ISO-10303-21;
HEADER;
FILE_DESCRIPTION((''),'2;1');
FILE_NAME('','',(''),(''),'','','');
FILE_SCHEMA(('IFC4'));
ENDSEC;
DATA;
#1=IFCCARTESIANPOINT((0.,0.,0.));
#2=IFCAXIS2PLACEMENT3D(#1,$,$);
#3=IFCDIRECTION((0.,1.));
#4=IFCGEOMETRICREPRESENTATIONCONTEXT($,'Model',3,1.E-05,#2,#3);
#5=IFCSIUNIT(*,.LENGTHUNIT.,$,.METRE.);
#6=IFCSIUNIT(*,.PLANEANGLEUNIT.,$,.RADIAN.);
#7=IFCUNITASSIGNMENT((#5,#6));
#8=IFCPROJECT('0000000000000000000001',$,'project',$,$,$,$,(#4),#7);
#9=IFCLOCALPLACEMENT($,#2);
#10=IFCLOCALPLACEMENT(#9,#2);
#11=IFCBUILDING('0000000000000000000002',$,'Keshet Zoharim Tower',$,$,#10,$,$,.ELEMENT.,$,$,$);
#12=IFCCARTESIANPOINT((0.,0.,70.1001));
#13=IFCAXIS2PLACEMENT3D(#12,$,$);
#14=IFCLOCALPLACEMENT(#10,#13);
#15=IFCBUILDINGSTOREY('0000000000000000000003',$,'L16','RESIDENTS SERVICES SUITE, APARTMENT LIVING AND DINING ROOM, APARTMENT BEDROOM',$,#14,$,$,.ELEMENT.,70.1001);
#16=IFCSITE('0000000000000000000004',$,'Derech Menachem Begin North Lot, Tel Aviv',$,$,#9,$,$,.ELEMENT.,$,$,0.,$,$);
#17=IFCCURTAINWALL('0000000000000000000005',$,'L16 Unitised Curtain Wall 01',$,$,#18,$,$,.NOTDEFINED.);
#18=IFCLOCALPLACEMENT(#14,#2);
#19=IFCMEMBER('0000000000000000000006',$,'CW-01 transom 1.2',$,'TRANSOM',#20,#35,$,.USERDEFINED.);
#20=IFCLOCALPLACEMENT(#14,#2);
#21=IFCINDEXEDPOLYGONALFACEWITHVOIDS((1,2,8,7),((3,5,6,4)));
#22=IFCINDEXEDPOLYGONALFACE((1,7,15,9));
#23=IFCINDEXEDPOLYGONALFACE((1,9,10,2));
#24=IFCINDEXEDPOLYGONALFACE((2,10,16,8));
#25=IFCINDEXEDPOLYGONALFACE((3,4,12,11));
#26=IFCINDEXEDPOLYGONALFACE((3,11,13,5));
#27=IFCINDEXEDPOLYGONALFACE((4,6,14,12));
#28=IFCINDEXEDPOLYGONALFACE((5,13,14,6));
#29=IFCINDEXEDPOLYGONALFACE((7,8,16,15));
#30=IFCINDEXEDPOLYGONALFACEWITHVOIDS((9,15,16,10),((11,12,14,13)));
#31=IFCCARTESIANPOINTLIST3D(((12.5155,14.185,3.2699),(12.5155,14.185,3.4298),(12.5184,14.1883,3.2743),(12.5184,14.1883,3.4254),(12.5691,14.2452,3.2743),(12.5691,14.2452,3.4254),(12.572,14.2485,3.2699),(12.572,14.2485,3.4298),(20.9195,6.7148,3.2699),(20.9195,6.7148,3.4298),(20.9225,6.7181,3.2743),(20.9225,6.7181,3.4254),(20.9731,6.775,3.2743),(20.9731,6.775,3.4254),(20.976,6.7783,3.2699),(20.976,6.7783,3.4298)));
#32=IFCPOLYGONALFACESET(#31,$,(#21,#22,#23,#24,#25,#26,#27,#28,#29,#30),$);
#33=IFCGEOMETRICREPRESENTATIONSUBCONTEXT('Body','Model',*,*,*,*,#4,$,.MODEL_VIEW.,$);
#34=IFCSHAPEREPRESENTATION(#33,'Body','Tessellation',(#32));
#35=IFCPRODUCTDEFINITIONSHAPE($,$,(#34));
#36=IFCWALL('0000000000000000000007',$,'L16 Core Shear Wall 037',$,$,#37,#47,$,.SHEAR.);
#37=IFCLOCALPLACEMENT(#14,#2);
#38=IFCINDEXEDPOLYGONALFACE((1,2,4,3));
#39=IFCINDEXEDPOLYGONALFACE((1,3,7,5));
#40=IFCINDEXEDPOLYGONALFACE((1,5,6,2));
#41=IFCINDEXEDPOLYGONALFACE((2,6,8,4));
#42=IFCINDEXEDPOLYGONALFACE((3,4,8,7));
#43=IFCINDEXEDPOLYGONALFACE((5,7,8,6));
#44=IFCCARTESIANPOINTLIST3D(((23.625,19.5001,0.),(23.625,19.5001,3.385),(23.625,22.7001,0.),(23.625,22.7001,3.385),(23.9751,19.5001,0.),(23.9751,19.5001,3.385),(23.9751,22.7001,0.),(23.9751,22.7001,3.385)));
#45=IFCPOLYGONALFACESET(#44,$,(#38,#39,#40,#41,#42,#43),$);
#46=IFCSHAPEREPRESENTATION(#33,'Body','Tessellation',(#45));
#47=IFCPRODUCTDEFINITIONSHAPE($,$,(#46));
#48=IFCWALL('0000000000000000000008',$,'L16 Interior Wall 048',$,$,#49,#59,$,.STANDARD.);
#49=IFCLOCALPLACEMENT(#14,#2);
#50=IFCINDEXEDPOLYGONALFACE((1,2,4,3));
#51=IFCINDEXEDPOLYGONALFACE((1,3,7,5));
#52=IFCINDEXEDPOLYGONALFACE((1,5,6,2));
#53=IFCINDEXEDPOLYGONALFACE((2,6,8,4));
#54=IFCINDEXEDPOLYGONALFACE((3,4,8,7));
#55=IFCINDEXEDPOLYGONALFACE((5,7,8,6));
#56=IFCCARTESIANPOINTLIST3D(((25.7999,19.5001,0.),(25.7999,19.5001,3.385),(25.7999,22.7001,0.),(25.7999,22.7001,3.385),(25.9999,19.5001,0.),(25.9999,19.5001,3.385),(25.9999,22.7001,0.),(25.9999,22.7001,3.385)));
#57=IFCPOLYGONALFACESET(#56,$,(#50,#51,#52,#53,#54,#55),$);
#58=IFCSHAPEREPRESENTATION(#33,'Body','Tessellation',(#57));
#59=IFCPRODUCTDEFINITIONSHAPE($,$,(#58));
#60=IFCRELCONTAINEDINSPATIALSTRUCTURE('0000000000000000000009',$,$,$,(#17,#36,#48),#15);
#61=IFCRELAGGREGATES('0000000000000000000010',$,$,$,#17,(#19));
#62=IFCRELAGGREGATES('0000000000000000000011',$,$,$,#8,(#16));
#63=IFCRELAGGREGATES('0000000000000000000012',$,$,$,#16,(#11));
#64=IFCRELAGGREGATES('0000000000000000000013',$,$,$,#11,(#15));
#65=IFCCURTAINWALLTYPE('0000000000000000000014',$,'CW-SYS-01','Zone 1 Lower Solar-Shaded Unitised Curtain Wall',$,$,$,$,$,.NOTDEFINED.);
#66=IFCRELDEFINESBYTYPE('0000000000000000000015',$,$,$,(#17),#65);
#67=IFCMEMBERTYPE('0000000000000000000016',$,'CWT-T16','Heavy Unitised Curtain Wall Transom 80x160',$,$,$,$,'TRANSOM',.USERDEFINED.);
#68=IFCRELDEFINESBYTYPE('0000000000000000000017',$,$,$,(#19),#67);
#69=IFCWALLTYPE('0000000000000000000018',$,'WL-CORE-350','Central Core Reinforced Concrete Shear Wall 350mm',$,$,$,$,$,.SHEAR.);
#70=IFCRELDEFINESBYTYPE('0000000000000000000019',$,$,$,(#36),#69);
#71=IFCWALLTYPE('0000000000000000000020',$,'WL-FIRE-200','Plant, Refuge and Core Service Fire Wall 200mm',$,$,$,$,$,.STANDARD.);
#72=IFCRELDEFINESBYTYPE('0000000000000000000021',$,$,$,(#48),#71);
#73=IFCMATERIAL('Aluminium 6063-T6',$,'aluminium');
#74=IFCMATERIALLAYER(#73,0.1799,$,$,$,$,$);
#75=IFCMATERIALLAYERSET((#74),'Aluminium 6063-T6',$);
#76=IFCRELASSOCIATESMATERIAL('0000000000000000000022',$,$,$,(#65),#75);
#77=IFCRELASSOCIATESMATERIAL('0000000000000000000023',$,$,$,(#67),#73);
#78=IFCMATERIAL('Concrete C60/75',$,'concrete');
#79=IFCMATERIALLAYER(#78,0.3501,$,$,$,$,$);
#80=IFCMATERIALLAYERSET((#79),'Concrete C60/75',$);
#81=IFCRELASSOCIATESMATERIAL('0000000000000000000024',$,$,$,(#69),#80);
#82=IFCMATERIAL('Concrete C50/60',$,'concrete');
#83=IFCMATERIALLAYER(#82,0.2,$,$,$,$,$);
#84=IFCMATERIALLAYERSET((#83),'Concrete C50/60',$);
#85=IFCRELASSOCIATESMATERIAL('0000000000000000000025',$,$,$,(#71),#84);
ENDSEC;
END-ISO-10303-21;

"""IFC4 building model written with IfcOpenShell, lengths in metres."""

from ifc_helpers import new_model, si_unit, direction, frame, frame_2d, origin, origin_2d, place, context, subcontext, project, spatial, rectangle, hollow_rectangle, extrude, material, layer, layer_set, material_profile, profile_set, type_object, element, aggregate, save


model = new_model("IFC4")

# Units and contexts
model_context = context("Model", 3, precision=1e-05, world=origin(), true_north=direction((0.0, 1.0)))
body_context = subcontext(model_context, "Body", "Model", "MODEL_VIEW")
ifc_project = project(units=[si_unit("LENGTHUNIT", "METRE"), si_unit("PLANEANGLEUNIT", "RADIAN")], contexts=[model_context])

# Site, building, storey
site_placement = place(None, origin())
site = spatial("IfcSite", under=ifc_project, at=site_placement, Name="Derech Menachem Begin North Lot, Tel Aviv", CompositionType="ELEMENT", RefElevation=0.0)
building_placement = place(site_placement, origin())
building = spatial("IfcBuilding", under=site, at=building_placement, Name="Keshet Zoharim Tower", CompositionType="ELEMENT")
storey_placement = place(building_placement, frame((0.0, 0.0, 70.1001)))
storey = spatial("IfcBuildingStorey", under=building, at=storey_placement, Name="L16", Description="RESIDENTS SERVICES SUITE, APARTMENT LIVING AND DINING ROOM, APARTMENT BEDROOM", CompositionType="ELEMENT", Elevation=70.1001)

# Shared definitions
ifc_material_1 = material(Name="Concrete C60/75", Category="concrete")

# Curtain wall, member
ifc_material_2 = material(Name="Aluminium 6063-T6", Category="aluminium")
ifc_layer_1 = layer(ifc_material_2, 0.1799)
ifc_layer_set_1 = layer_set([ifc_layer_1], Name="Aluminium 6063-T6")
curtain_wall_type = type_object("IfcCurtainWallType", Name="CW-SYS-01", Description="Zone 1 Lower Solar-Shaded Unitised Curtain Wall", PredefinedType="NOTDEFINED", material=ifc_layer_set_1)
curtain_wall_placement = place(storey_placement, origin())
curtain_wall = element("IfcCurtainWall", 1, at=curtain_wall_placement, inside=storey, type_object=curtain_wall_type, Name="L16 Unitised Curtain Wall 01", PredefinedType="NOTDEFINED")
ifc_material_profile_1 = material_profile(ifc_material_2, hollow_rectangle(XDim=0.085, YDim=0.1599, WallThickness=0.0044, at=origin_2d()), Name="TRN-85x160")
ifc_profile_set_1 = profile_set([ifc_material_profile_1], Name="Aluminium 6063-T6")
member_type_1 = type_object("IfcMemberType", Name="CWT-T16", Description="Heavy Unitised Curtain Wall Transom 80x160", ElementType="TRANSOM", PredefinedType="USERDEFINED", material=ifc_profile_set_1)
member_1_placement = place(storey_placement, frame((20.9478, 6.7466, 3.3499), z_axis=(-0.747412, 0.664361, 0.0), x_axis=(-0.664361, -0.747412, 0.0)))
member_1 = element("IfcMember", 2, at=member_1_placement, type_object=member_type_1, Name="CW-01 transom 1.2", ObjectType="TRANSOM", PredefinedType="USERDEFINED", context=body_context, shape_type="SweptSolid", body=[
    extrude(hollow_rectangle(XDim=0.085, YDim=0.1599, WallThickness=0.0044, at=origin_2d()), origin(), (0.0, 0.0, 1.0), 11.2441),
])
aggregate(curtain_wall, [member_1])

# Wall
ifc_layer_2 = layer(ifc_material_1, 0.3501)
ifc_layer_set_2 = layer_set([ifc_layer_2], Name="Concrete C60/75")
wall_type_1 = type_object("IfcWallType", Name="WL-CORE-350", Description="Central Core Reinforced Concrete Shear Wall 350mm", PredefinedType="SHEAR", material=ifc_layer_set_2)
wall_1_placement = place(storey_placement, frame((23.8, 19.5, 0.0), z_axis=(0.0, 0.0, 1.0), x_axis=(0.0, 1.0, 0.0)))
element("IfcWall", 3, at=wall_1_placement, inside=storey, type_object=wall_type_1, Name="L16 Core Shear Wall 037", PredefinedType="SHEAR", context=body_context, shape_type="SweptSolid", body=[
    extrude(rectangle(XDim=3.2, YDim=0.3501, at=frame_2d((1.6001, 0.0))), origin(), (0.0, 0.0, 1.0), 3.385),
])

# Wall
ifc_material_3 = material(Name="Concrete C50/60", Category="concrete")
ifc_layer_3 = layer(ifc_material_3, 0.2)
ifc_layer_set_3 = layer_set([ifc_layer_3], Name="Concrete C50/60")
wall_type_2 = type_object("IfcWallType", Name="WL-FIRE-200", Description="Plant, Refuge and Core Service Fire Wall 200mm", PredefinedType="STANDARD", material=ifc_layer_set_3)
wall_2_placement = place(storey_placement, frame((25.8999, 19.5, 0.0), z_axis=(0.0, 0.0, 1.0), x_axis=(0.0, 1.0, 0.0)))
element("IfcWall", 4, at=wall_2_placement, inside=storey, type_object=wall_type_2, Name="L16 Interior Wall 048", PredefinedType="STANDARD", context=body_context, shape_type="SweptSolid", body=[
    extrude(rectangle(XDim=3.2, YDim=0.2, at=frame_2d((1.6001, 0.0))), origin(), (0.0, 0.0, 1.0), 3.385),
])

save(model, "model.ifc")
